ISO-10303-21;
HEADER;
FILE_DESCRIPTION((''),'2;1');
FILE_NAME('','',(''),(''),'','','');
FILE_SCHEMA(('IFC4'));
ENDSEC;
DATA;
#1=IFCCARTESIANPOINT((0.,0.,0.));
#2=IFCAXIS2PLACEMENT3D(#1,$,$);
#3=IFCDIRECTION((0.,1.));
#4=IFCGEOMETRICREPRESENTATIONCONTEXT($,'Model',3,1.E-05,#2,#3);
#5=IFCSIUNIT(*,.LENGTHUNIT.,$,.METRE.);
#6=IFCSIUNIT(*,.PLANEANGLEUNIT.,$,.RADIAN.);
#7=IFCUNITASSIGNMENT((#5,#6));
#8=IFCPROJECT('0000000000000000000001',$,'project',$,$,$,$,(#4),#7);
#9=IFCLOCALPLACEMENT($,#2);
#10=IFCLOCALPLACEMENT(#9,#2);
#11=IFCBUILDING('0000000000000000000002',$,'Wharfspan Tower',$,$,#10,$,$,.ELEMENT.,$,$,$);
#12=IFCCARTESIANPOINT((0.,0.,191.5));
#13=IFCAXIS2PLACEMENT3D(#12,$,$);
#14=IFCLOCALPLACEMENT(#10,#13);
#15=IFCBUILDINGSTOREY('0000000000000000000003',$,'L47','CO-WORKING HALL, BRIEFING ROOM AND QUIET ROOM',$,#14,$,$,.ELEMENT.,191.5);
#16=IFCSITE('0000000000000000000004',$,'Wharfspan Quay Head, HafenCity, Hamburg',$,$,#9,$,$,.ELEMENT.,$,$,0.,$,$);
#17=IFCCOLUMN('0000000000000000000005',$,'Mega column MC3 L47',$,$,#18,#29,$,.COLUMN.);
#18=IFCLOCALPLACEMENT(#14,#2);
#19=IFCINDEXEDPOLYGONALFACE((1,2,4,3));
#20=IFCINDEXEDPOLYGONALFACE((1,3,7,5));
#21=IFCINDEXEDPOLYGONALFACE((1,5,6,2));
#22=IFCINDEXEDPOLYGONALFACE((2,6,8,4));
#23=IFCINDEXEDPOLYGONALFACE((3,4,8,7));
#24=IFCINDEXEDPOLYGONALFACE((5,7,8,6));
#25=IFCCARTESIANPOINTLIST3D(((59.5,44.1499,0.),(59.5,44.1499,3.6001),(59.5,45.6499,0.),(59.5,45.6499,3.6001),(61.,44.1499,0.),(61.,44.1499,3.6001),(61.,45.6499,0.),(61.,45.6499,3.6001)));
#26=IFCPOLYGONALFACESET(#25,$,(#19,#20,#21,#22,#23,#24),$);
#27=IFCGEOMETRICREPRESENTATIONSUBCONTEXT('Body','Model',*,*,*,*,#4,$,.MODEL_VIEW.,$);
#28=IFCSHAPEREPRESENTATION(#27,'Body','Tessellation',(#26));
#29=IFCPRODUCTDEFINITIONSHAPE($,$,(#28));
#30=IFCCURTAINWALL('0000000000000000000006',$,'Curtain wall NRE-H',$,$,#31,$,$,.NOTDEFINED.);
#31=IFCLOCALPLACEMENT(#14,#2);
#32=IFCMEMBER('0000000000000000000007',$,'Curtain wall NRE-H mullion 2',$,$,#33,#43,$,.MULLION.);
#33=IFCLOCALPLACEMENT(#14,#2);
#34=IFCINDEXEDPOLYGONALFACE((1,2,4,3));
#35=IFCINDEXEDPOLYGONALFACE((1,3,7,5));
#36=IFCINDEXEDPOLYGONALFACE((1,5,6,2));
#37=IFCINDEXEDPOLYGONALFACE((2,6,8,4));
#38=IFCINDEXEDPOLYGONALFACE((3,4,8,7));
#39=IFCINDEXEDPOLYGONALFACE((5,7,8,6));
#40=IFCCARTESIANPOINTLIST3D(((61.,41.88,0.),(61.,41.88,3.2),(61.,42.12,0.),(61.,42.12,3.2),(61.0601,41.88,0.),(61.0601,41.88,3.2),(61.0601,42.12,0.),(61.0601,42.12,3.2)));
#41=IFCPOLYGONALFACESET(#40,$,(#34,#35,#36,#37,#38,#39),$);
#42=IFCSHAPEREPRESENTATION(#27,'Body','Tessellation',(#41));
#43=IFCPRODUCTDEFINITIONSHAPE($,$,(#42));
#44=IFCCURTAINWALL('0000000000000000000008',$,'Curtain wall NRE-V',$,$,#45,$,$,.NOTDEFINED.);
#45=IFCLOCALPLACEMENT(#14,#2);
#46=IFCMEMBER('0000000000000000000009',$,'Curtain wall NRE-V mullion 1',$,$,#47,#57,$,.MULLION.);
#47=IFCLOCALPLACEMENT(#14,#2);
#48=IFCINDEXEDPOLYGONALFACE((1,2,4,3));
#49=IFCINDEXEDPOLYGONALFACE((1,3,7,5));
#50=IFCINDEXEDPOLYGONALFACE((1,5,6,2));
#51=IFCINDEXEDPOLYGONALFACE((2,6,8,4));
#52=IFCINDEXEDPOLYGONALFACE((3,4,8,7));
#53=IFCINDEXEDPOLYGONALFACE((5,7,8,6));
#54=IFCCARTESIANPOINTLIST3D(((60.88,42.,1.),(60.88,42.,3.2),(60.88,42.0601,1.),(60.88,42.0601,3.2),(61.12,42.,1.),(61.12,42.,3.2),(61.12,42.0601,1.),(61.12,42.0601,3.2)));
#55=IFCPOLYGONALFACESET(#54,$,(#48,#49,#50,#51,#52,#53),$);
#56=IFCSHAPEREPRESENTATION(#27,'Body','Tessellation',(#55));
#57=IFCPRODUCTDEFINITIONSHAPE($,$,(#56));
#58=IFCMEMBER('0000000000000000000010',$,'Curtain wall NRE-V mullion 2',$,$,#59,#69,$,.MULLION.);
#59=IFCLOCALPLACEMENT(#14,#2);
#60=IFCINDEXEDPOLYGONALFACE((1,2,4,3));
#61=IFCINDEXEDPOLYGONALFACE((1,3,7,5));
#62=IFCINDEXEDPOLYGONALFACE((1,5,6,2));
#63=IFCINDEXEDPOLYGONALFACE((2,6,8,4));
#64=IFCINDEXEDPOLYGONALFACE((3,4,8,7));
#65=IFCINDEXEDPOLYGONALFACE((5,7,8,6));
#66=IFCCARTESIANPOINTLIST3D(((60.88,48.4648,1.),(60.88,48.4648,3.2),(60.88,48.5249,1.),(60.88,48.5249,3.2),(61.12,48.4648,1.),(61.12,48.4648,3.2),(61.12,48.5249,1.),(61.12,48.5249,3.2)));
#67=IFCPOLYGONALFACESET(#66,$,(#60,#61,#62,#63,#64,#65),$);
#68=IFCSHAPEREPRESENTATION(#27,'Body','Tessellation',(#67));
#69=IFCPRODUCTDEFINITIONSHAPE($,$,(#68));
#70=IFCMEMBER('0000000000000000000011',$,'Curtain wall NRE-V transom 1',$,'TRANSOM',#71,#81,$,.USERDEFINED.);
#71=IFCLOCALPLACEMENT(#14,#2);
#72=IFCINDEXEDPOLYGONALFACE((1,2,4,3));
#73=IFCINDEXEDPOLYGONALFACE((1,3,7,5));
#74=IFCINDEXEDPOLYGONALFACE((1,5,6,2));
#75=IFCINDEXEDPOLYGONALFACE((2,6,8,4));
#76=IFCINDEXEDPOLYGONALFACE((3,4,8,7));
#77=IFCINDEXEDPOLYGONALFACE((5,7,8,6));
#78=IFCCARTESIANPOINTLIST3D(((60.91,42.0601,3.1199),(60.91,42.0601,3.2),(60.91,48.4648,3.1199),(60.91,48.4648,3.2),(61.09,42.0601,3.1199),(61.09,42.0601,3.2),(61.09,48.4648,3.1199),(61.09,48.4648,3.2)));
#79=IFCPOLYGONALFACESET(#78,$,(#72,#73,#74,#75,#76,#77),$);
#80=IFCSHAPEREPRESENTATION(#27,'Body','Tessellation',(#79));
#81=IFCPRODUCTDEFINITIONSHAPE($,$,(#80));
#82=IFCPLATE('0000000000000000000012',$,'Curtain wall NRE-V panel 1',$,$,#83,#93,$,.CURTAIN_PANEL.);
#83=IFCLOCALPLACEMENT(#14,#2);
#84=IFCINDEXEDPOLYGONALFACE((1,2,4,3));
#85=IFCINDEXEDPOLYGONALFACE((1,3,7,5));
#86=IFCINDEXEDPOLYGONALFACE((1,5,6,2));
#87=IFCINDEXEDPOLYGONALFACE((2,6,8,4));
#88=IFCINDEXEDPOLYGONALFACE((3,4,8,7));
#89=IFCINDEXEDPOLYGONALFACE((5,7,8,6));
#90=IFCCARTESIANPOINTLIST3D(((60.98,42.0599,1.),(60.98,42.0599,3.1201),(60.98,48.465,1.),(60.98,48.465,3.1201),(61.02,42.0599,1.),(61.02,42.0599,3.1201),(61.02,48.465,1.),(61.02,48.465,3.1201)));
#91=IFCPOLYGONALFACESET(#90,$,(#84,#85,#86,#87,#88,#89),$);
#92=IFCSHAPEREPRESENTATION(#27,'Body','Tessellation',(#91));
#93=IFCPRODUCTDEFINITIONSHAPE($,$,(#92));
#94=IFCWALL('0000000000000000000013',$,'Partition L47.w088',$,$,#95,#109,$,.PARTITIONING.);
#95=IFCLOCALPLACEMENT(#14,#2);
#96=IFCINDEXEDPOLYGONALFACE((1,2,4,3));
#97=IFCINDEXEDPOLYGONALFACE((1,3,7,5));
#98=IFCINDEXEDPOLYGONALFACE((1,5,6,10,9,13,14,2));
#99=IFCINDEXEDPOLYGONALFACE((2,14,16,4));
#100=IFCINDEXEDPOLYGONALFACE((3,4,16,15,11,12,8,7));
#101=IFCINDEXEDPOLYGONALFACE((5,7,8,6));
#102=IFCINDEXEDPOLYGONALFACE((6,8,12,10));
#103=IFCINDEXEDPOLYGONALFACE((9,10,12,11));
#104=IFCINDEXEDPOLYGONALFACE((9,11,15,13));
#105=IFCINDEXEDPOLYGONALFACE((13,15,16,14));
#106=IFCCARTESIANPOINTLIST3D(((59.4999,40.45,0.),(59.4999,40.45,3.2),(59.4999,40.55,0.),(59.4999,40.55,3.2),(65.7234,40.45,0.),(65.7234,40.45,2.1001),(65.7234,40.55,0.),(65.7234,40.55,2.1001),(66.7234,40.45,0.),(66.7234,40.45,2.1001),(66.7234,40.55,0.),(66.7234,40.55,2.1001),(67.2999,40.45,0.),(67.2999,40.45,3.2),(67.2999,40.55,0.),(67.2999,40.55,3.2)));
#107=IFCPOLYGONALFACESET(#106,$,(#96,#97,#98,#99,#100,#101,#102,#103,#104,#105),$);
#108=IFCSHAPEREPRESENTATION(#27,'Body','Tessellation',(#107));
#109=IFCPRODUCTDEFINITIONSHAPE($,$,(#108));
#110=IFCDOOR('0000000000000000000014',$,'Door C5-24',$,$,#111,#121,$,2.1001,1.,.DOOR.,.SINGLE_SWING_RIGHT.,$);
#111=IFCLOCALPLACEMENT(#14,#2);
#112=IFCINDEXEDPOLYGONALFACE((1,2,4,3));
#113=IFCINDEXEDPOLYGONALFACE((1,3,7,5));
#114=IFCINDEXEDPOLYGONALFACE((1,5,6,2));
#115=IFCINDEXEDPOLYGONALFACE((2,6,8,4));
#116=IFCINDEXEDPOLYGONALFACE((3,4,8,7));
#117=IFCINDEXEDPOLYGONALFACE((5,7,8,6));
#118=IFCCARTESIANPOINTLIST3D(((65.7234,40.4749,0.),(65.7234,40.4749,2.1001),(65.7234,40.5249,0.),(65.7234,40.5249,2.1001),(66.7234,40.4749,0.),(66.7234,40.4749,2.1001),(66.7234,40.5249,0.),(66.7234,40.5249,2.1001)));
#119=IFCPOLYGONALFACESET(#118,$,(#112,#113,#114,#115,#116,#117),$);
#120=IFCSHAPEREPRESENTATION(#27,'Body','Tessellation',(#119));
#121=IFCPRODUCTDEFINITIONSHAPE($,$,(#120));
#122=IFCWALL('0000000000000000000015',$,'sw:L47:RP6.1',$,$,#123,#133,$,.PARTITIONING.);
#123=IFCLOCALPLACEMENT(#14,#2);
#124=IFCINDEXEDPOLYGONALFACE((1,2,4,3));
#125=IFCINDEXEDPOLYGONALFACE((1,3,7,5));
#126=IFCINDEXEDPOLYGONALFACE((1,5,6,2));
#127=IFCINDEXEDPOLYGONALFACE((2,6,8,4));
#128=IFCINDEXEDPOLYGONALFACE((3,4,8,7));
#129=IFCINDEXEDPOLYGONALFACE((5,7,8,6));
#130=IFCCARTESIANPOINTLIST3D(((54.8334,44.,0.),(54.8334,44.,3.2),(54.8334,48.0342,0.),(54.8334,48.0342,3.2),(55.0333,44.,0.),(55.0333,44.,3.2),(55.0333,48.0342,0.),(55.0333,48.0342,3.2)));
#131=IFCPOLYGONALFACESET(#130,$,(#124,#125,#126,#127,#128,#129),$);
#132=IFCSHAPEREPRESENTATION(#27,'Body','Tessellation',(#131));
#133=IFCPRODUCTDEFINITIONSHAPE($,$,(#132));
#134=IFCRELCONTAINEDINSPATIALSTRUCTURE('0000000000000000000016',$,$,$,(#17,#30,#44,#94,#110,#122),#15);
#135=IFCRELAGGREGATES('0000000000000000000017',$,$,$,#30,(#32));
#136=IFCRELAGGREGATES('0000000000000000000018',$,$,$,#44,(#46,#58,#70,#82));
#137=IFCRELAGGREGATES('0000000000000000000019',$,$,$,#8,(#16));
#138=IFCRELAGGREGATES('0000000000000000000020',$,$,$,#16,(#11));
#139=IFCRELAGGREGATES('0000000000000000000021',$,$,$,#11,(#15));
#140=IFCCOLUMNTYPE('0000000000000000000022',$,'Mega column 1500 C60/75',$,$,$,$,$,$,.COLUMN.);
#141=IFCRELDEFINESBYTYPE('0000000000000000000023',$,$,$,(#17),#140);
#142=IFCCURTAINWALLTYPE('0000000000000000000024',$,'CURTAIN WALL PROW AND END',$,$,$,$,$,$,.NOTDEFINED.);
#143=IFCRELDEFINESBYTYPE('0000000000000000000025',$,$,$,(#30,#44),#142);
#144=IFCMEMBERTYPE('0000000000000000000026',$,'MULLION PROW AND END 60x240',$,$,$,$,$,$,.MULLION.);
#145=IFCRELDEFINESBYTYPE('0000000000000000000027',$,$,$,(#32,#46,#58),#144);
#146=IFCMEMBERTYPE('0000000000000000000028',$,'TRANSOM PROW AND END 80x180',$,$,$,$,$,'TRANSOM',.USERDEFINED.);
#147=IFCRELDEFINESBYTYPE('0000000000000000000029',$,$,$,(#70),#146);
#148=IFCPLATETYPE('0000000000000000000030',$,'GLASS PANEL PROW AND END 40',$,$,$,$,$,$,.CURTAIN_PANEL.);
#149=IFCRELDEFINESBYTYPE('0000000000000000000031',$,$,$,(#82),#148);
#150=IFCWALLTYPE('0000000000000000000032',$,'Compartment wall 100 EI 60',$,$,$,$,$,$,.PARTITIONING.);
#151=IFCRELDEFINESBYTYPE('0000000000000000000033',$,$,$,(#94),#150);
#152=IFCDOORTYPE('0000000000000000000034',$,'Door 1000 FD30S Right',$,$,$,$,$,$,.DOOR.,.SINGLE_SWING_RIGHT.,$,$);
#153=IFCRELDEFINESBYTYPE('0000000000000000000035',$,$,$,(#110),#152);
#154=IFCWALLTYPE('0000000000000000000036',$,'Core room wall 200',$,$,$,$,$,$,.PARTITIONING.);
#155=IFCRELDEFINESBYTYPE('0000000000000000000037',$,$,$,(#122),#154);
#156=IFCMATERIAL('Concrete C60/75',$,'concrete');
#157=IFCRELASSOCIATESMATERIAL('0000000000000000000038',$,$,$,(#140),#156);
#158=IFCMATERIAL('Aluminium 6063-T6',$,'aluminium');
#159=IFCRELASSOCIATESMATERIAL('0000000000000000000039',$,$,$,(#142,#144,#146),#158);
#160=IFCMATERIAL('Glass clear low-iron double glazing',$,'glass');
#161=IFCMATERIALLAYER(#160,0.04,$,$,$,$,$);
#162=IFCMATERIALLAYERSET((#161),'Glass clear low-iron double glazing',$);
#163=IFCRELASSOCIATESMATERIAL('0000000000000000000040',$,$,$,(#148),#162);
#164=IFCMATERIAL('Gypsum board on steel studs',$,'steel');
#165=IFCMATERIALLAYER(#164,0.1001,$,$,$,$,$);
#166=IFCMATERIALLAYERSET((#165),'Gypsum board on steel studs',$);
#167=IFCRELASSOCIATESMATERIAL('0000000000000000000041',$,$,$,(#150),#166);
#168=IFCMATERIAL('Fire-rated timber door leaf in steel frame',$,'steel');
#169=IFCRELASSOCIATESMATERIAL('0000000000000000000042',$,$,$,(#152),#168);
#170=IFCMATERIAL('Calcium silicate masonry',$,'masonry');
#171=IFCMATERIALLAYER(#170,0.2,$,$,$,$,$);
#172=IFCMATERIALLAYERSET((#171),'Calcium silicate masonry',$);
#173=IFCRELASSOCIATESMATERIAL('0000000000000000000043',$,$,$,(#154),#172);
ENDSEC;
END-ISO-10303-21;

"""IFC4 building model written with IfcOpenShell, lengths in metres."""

from ifc_helpers import new_model, si_unit, direction, frame, frame_2d, origin, origin_2d, place, context, subcontext, project, spatial, rectangle, extrude, material, layer, layer_set, material_profile, profile_set, type_object, element, fill, aggregate, save


model = new_model("IFC4")

# Units and contexts
model_context = context("Model", 3, precision=1e-05, world=origin(), true_north=direction((0.0, 1.0)))
body_context = subcontext(model_context, "Body", "Model", "MODEL_VIEW")
ifc_project = project(units=[si_unit("LENGTHUNIT", "METRE"), si_unit("PLANEANGLEUNIT", "RADIAN")], contexts=[model_context])

# Site, building, storey
site_placement = place(None, origin())
site = spatial("IfcSite", under=ifc_project, at=site_placement, Name="Wharfspan Quay Head, HafenCity, Hamburg", CompositionType="ELEMENT", RefElevation=0.0)
building_placement = place(site_placement, origin())
building = spatial("IfcBuilding", under=site, at=building_placement, Name="Wharfspan Tower", CompositionType="ELEMENT")
storey_placement = place(building_placement, frame((0.0, 0.0, 191.5)))
storey = spatial("IfcBuildingStorey", under=building, at=storey_placement, Name="L47", Description="CO-WORKING HALL, BRIEFING ROOM AND QUIET ROOM", CompositionType="ELEMENT", Elevation=191.5)

# Column
ifc_material_1 = material(Name="Concrete C60/75", Category="concrete")
ifc_material_profile_1 = material_profile(ifc_material_1, rectangle(XDim=1.5, YDim=1.5, at=origin_2d()))
ifc_profile_set_1 = profile_set([ifc_material_profile_1], Name="Concrete C60/75")
column_type = type_object("IfcColumnType", Name="Mega column 1500 C60/75", PredefinedType="COLUMN", material=ifc_profile_set_1)
column_placement = place(storey_placement, frame((60.25, 44.8999, 0.0), z_axis=(0.0, 0.0, 1.0), x_axis=(1.0, 0.0, 0.0)))
element("IfcColumn", 1, at=column_placement, inside=storey, type_object=column_type, Name="Mega column MC3 L47", PredefinedType="COLUMN", context=body_context, shape_type="SweptSolid", body=[
    extrude(rectangle(XDim=1.5, YDim=1.5, at=origin_2d()), origin(), (0.0, 0.0, 1.0), 3.6001),
])

# Curtain wall, member
ifc_material_2 = material(Name="Aluminium 6063-T6", Category="aluminium")
curtain_wall_type = type_object("IfcCurtainWallType", Name="CURTAIN WALL PROW AND END", PredefinedType="NOTDEFINED", material=ifc_material_2)
curtain_wall_1_placement = place(storey_placement, origin())
curtain_wall_1 = element("IfcCurtainWall", 2, at=curtain_wall_1_placement, inside=storey, type_object=curtain_wall_type, Name="Curtain wall NRE-H", PredefinedType="NOTDEFINED")
ifc_material_profile_2 = material_profile(ifc_material_2, rectangle(XDim=0.24, YDim=0.0601, at=origin_2d()))
ifc_profile_set_2 = profile_set([ifc_material_profile_2], Name="Aluminium 6063-T6")
member_type_1 = type_object("IfcMemberType", Name="MULLION PROW AND END 60x240", PredefinedType="MULLION", material=ifc_profile_set_2)
member_1_placement = place(storey_placement, frame((61.03, 42.0, 0.0), z_axis=(0.0, 0.0, 1.0), x_axis=(0.0, -1.0, 0.0)))
member_1 = element("IfcMember", 3, at=member_1_placement, type_object=member_type_1, Name="Curtain wall NRE-H mullion 2", PredefinedType="MULLION", context=body_context, shape_type="SweptSolid", body=[
    extrude(rectangle(XDim=0.24, YDim=0.0601, at=origin_2d()), origin(), (0.0, 0.0, 1.0), 3.2),
])
aggregate(curtain_wall_1, [member_1])

# Curtain wall, members, plate
curtain_wall_2_placement = place(storey_placement, origin())
curtain_wall_2 = element("IfcCurtainWall", 4, at=curtain_wall_2_placement, inside=storey, type_object=curtain_wall_type, Name="Curtain wall NRE-V", PredefinedType="NOTDEFINED")
member_2_placement = place(storey_placement, frame((61.0, 42.03, 1.0), z_axis=(0.0, 0.0, 1.0), x_axis=(-1.0, 0.0, 0.0)))
member_2 = element("IfcMember", 5, at=member_2_placement, type_object=member_type_1, Name="Curtain wall NRE-V mullion 1", PredefinedType="MULLION", context=body_context, shape_type="SweptSolid", body=[
    extrude(rectangle(XDim=0.24, YDim=0.0601, at=origin_2d()), origin(), (0.0, 0.0, 1.0), 2.2),
])
member_3_placement = place(storey_placement, frame((61.0, 48.4949, 1.0), z_axis=(0.0, 0.0, 1.0), x_axis=(-1.0, 0.0, 0.0)))
member_3 = element("IfcMember", 6, at=member_3_placement, type_object=member_type_1, Name="Curtain wall NRE-V mullion 2", PredefinedType="MULLION", context=body_context, shape_type="SweptSolid", body=[
    extrude(rectangle(XDim=0.24, YDim=0.0601, at=origin_2d()), origin(), (0.0, 0.0, 1.0), 2.2),
])
ifc_material_profile_3 = material_profile(ifc_material_2, rectangle(XDim=0.1799, YDim=0.0801, at=origin_2d()))
ifc_profile_set_3 = profile_set([ifc_material_profile_3], Name="Aluminium 6063-T6")
member_type_2 = type_object("IfcMemberType", Name="TRANSOM PROW AND END 80x180", ElementType="TRANSOM", PredefinedType="USERDEFINED", material=ifc_profile_set_3)
member_4_placement = place(storey_placement, frame((61.0, 42.0601, 3.1599), z_axis=(0.0, 1.0, 0.0), x_axis=(-1.0, 0.0, 0.0)))
member_4 = element("IfcMember", 7, at=member_4_placement, type_object=member_type_2, Name="Curtain wall NRE-V transom 1", ObjectType="TRANSOM", PredefinedType="USERDEFINED", context=body_context, shape_type="SweptSolid", body=[
    extrude(rectangle(XDim=0.1799, YDim=0.0801, at=origin_2d()), origin(), (0.0, 0.0, 1.0), 6.4048),
])
ifc_material_3 = material(Name="Glass clear low-iron double glazing", Category="glass")
ifc_layer_1 = layer(ifc_material_3, 0.04)
ifc_layer_set_1 = layer_set([ifc_layer_1], Name="Glass clear low-iron double glazing")
plate_type = type_object("IfcPlateType", Name="GLASS PANEL PROW AND END 40", PredefinedType="CURTAIN_PANEL", material=ifc_layer_set_1)
plate_placement = place(storey_placement, frame((61.0, 45.2625, 1.0), z_axis=(0.0, 0.0, 1.0), x_axis=(0.0, 1.0, 0.0)))
plate = element("IfcPlate", 8, at=plate_placement, type_object=plate_type, Name="Curtain wall NRE-V panel 1", PredefinedType="CURTAIN_PANEL", context=body_context, shape_type="SweptSolid", body=[
    extrude(rectangle(XDim=6.405, YDim=0.04, at=origin_2d()), origin(), (0.0, 0.0, 1.0), 2.1201),
])
aggregate(curtain_wall_2, [member_2, member_3, member_4, plate])

# Wall, opening, door
ifc_material_4 = material(Name="Gypsum board on steel studs", Category="steel")
ifc_layer_2 = layer(ifc_material_4, 0.1001)
ifc_layer_set_2 = layer_set([ifc_layer_2], Name="Gypsum board on steel studs")
wall_type_1 = type_object("IfcWallType", Name="Compartment wall 100 EI 60", PredefinedType="PARTITIONING", material=ifc_layer_set_2)
wall_1_placement = place(storey_placement, frame((59.5, 40.5, 0.0), z_axis=(0.0, 0.0, 1.0), x_axis=(1.0, 0.0, 0.0)))
wall_1 = element("IfcWall", 9, at=wall_1_placement, inside=storey, type_object=wall_type_1, Name="Partition L47.w088", PredefinedType="PARTITIONING", context=body_context, shape_type="SweptSolid", body=[
    extrude(rectangle(XDim=7.8, YDim=0.1001, at=frame_2d((3.8999, 0.0))), origin(), (0.0, 0.0, 1.0), 3.2),
])
opening_1_placement = place(wall_1_placement, frame((6.2234, 0.0, 0.0)))
opening_1 = element("IfcOpeningElement", 10, at=opening_1_placement, cuts=wall_1, PredefinedType="OPENING", context=body_context, shape_type="SweptSolid", body=[
    extrude(rectangle(XDim=1.0, YDim=2.1001, at=frame_2d((0.5, 1.05))), frame((0.0, 0.0601, 0.0), z_axis=(0.0, -1.0, 0.0), x_axis=(1.0, 0.0, 0.0)), (0.0, 0.0, 1.0), 0.1201),
])
ifc_material_5 = material(Name="Fire-rated timber door leaf in steel frame", Category="steel")
door_type_1 = type_object("IfcDoorType", Name="Door 1000 FD30S Right", OperationType="SINGLE_SWING_RIGHT", PredefinedType="DOOR", material=ifc_material_5)
door_1_placement = place(opening_1_placement, origin())
door_1 = element("IfcDoor", 11, at=door_1_placement, inside=storey, type_object=door_type_1, Name="Door C5-24", OperationType="SINGLE_SWING_RIGHT", OverallHeight=2.1001, OverallWidth=1.0, PredefinedType="DOOR", context=body_context, shape_type="SweptSolid", body=[
    extrude(rectangle(XDim=1.0, YDim=2.1001, at=frame_2d((0.5, 1.05))), frame((0.0, 0.0249, 0.0), z_axis=(0.0, -1.0, 0.0), x_axis=(1.0, 0.0, 0.0)), (0.0, 0.0, 1.0), 0.05),
])
fill(opening_1, door_1)

# Wall
ifc_material_6 = material(Name="Calcium silicate masonry", Category="masonry")
ifc_layer_3 = layer(ifc_material_6, 0.2)
ifc_layer_set_3 = layer_set([ifc_layer_3], Name="Calcium silicate masonry")
wall_type_2 = type_object("IfcWallType", Name="Core room wall 200", PredefinedType="PARTITIONING", material=ifc_layer_set_3)
wall_2_placement = place(storey_placement, frame((54.9333, 44.0, 0.0), z_axis=(0.0, 0.0, 1.0), x_axis=(0.0, 1.0, 0.0)))
element("IfcWall", 12, at=wall_2_placement, inside=storey, type_object=wall_type_2, Name="sw:L47:RP6.1", PredefinedType="PARTITIONING", context=body_context, shape_type="SweptSolid", body=[
    extrude(rectangle(XDim=4.0342, YDim=0.2, at=frame_2d((2.0171, 0.0))), origin(), (0.0, 0.0, 1.0), 3.2),
])

save(model, "model.ifc")
